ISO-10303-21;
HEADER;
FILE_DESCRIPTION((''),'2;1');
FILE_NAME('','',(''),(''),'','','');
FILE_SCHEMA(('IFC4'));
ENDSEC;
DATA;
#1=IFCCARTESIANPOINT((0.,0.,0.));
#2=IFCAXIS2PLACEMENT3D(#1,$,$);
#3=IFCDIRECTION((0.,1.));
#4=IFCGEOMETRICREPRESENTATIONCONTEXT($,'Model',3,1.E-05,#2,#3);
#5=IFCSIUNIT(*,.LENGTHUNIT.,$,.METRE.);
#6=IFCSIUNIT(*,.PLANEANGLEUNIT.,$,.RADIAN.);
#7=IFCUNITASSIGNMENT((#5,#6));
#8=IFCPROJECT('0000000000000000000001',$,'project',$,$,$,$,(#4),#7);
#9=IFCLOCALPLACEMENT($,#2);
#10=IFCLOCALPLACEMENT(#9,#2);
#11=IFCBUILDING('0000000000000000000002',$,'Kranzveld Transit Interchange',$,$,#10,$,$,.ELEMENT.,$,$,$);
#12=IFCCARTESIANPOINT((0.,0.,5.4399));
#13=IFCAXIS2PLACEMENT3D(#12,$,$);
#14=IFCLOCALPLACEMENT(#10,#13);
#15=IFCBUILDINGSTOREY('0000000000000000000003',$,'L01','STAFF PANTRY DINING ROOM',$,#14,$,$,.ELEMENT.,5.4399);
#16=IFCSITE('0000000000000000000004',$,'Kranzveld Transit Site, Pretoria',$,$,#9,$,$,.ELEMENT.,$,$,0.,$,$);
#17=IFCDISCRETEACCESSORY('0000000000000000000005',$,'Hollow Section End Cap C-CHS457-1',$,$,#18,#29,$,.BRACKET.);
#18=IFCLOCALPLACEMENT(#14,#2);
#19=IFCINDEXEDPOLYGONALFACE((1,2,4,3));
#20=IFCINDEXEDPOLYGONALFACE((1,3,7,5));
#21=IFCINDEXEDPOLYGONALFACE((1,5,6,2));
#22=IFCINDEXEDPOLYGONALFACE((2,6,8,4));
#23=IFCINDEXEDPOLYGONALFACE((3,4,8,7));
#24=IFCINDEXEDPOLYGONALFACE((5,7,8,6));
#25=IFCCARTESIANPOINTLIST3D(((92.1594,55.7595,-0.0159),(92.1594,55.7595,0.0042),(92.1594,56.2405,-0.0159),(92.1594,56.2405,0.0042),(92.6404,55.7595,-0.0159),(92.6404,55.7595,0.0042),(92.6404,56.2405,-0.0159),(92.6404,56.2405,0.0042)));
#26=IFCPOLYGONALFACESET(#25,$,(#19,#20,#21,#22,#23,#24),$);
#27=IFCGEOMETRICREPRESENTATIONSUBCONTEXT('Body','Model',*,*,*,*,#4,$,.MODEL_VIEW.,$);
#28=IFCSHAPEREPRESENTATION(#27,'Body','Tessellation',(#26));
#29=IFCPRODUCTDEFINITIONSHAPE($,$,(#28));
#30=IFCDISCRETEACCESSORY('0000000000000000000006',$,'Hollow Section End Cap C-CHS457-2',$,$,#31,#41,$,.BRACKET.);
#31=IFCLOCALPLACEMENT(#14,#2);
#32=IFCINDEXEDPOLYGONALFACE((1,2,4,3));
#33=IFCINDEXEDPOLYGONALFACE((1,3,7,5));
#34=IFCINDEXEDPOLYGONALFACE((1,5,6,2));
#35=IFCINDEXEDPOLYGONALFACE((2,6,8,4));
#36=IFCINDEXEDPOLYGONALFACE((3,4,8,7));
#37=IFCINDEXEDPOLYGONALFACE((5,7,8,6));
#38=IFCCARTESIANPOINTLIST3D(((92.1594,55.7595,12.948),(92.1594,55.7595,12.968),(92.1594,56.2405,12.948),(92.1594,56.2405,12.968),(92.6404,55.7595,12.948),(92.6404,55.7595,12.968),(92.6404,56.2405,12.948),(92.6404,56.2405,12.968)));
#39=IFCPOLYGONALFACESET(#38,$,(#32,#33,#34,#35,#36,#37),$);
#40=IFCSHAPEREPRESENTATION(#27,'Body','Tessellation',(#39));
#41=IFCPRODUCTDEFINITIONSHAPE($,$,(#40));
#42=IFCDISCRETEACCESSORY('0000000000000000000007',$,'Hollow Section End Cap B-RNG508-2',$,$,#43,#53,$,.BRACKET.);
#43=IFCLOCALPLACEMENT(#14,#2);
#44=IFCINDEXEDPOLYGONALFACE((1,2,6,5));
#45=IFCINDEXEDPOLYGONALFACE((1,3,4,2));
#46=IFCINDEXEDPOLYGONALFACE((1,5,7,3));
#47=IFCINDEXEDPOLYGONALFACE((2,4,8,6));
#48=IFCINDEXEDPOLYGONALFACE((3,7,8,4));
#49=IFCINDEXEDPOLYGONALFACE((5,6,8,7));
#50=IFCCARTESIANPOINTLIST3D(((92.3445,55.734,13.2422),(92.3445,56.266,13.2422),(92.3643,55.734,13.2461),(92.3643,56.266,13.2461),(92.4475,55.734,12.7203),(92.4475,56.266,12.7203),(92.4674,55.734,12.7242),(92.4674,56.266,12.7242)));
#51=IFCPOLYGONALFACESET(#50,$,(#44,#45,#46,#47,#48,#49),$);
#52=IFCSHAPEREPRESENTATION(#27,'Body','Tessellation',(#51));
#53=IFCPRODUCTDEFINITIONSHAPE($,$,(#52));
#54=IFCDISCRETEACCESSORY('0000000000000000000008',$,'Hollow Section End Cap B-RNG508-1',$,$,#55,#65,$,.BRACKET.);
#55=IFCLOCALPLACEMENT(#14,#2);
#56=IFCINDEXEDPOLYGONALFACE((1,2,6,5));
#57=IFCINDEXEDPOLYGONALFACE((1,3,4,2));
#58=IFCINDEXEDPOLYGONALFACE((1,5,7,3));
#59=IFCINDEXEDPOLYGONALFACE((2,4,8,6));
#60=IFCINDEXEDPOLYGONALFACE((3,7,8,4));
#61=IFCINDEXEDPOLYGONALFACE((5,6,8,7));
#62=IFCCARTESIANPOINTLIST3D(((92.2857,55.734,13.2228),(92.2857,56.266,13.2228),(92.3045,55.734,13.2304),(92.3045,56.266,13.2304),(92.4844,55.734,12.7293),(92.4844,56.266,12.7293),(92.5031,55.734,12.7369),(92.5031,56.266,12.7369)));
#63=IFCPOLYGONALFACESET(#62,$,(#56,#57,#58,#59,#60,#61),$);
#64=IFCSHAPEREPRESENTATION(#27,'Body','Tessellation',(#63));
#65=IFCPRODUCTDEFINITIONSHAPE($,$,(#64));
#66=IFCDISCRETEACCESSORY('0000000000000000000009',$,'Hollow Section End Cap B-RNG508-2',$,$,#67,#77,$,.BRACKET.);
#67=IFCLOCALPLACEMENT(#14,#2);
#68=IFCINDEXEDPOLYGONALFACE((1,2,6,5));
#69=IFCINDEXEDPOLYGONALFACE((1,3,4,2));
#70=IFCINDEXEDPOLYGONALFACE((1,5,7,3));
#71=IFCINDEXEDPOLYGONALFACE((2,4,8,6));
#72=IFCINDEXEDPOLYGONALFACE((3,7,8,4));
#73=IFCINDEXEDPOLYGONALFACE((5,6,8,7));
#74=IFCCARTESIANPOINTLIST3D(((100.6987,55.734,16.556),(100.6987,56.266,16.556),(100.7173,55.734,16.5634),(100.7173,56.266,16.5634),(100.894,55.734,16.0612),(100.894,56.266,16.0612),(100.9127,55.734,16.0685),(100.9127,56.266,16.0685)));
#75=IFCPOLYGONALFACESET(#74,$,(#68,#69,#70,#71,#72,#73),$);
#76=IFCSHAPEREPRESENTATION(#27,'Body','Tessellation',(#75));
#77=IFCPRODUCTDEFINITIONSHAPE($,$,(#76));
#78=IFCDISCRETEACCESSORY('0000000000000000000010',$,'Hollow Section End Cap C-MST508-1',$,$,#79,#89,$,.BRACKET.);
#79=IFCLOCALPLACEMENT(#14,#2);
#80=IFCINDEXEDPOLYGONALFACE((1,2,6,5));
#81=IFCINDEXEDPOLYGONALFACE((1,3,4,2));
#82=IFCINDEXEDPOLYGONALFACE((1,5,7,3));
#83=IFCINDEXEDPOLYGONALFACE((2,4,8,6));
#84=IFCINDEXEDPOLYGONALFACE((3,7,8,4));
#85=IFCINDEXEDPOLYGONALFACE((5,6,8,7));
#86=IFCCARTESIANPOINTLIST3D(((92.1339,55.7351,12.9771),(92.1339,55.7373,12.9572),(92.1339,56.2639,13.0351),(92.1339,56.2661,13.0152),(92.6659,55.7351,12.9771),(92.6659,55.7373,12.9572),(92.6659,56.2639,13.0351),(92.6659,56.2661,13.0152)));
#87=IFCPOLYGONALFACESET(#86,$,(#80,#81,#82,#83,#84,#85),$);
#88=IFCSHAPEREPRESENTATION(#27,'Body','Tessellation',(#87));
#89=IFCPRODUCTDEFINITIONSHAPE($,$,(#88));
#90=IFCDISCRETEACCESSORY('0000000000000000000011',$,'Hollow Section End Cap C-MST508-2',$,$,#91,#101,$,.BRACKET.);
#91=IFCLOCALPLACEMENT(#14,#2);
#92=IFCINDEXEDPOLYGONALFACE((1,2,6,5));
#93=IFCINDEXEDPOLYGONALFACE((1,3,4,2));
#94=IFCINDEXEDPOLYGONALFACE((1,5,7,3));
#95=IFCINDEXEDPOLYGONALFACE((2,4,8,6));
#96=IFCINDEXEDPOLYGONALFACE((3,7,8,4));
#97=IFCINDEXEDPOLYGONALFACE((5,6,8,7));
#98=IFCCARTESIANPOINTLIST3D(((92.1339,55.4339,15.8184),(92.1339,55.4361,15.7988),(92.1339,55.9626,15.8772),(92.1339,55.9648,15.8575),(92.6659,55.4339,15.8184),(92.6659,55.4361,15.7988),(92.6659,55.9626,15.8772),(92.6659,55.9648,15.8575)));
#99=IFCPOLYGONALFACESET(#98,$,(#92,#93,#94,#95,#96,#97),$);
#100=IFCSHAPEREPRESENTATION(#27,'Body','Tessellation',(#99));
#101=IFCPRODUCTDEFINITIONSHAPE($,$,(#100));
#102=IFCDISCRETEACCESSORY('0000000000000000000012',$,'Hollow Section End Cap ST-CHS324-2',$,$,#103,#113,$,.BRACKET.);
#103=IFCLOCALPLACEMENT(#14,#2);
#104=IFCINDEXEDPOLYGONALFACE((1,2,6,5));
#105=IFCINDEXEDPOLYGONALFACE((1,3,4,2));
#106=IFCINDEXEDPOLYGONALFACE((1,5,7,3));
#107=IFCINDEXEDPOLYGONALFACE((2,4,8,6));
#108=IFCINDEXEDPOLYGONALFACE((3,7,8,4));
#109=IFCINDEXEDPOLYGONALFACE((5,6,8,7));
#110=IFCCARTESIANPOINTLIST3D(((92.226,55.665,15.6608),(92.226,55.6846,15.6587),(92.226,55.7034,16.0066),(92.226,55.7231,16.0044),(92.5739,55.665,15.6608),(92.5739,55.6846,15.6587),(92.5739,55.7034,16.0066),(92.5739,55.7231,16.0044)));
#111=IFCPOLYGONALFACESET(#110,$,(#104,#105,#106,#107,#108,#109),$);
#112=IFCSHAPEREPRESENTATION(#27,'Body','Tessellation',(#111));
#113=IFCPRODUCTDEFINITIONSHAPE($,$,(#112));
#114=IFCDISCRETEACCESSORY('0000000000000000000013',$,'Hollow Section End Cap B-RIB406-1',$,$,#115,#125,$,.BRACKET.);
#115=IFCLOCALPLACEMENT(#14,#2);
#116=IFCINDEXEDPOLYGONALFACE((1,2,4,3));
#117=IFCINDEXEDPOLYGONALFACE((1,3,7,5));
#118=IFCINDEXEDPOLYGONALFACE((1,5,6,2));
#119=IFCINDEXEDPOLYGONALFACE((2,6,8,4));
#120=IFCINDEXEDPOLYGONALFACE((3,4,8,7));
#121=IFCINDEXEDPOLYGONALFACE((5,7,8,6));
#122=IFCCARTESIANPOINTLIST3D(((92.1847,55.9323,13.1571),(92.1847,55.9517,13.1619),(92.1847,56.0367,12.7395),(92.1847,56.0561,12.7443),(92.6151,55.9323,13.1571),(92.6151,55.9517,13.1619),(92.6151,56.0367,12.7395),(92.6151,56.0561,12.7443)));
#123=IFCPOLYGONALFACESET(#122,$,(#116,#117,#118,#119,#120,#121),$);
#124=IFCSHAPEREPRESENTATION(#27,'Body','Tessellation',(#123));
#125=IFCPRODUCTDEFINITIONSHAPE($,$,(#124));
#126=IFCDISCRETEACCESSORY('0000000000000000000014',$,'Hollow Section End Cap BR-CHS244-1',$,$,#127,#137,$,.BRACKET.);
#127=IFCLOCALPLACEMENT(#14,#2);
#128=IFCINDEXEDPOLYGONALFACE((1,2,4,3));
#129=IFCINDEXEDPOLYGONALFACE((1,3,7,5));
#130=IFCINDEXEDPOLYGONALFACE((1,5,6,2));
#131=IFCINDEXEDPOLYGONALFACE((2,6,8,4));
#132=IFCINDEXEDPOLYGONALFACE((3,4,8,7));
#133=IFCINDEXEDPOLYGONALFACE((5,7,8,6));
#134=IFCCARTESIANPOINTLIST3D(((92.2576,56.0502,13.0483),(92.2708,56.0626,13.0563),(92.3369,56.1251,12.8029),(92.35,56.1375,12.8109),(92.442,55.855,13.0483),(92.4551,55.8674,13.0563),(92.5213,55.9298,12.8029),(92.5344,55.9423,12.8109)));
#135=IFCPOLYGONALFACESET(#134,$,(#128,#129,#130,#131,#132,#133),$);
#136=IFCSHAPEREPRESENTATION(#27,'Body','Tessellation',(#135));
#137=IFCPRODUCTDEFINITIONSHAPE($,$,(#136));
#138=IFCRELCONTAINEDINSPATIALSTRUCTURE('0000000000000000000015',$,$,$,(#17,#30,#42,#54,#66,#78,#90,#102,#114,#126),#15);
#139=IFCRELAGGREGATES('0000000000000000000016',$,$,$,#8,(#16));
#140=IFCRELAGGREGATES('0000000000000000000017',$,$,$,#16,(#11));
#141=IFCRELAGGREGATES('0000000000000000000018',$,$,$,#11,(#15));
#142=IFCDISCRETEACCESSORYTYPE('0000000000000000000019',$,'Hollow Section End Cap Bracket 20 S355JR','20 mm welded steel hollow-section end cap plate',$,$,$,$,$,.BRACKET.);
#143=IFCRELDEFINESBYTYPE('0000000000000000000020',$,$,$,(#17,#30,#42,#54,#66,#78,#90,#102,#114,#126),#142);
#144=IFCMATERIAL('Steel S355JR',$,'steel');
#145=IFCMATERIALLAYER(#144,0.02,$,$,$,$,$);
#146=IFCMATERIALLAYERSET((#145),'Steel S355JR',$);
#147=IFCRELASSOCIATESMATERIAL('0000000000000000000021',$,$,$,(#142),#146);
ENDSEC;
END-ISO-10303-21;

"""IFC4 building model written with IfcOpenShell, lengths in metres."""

from ifc_helpers import new_model, si_unit, direction, frame, origin, origin_2d, place, context, subcontext, project, spatial, rectangle, extrude, material, layer, layer_set, type_object, element, save


model = new_model("IFC4")

# Units and contexts
model_context = context("Model", 3, precision=1e-05, world=origin(), true_north=direction((0.0, 1.0)))
body_context = subcontext(model_context, "Body", "Model", "MODEL_VIEW")
ifc_project = project(units=[si_unit("LENGTHUNIT", "METRE"), si_unit("PLANEANGLEUNIT", "RADIAN")], contexts=[model_context])

# Site, building, storey
site_placement = place(None, origin())
site = spatial("IfcSite", under=ifc_project, at=site_placement, Name="Kranzveld Transit Site, Pretoria", CompositionType="ELEMENT", RefElevation=0.0)
building_placement = place(site_placement, origin())
building = spatial("IfcBuilding", under=site, at=building_placement, Name="Kranzveld Transit Interchange", CompositionType="ELEMENT")
storey_placement = place(building_placement, frame((0.0, 0.0, 5.4399)))
storey = spatial("IfcBuildingStorey", under=building, at=storey_placement, Name="L01", Description="STAFF PANTRY DINING ROOM", CompositionType="ELEMENT", Elevation=5.4399)

# Discrete accessories
ifc_material_1 = material(Name="Steel S355JR", Category="steel")
ifc_layer_1 = layer(ifc_material_1, 0.02)
ifc_layer_set_1 = layer_set([ifc_layer_1], Name="Steel S355JR")
discrete_accessory_type = type_object("IfcDiscreteAccessoryType", Name="Hollow Section End Cap Bracket 20 S355JR", Description="20 mm welded steel hollow-section end cap plate", PredefinedType="BRACKET", material=ifc_layer_set_1)
for number, where, z_axis, x_axis, name in (
    (1, (92.3999, 56.0, 0.0042), (0.0, 0.0, -1.0), (1.0, 0.0, 0.0), "Hollow Section End Cap C-CHS457-1"),
    (2, (92.3999, 56.0, 12.948), (0.0, 0.0, 1.0), (1.0, 0.0, 0.0), "Hollow Section End Cap C-CHS457-2"),
):
    element("IfcDiscreteAccessory", number, at=place(storey_placement, frame(where, z_axis=z_axis, x_axis=x_axis)), inside=storey, type_object=discrete_accessory_type, Name=name, PredefinedType="BRACKET", context=body_context, shape_type="SweptSolid", body=[
        extrude(rectangle(XDim=0.481, YDim=0.481, at=origin_2d()), origin(), (0.0, 0.0, 1.0), 0.02),
    ])
for number, where, z_axis, x_axis, name in (
    (3, (92.396, 56.0, 12.9812), (0.981044, 0.0, 0.193786), (0.0, 1.0, 0.0), "Hollow Section End Cap B-RNG508-2"),
    (4, (92.4038, 56.0, 12.9836), (-0.927644, 0.0, -0.373467), (0.0, -1.0, 0.0), "Hollow Section End Cap B-RNG508-1"),
):
    element("IfcDiscreteAccessory", number, at=place(storey_placement, frame(where, z_axis=z_axis, x_axis=x_axis)), inside=storey, type_object=discrete_accessory_type, Name=name, PredefinedType="BRACKET", context=body_context, shape_type="SweptSolid", body=[
        extrude(rectangle(XDim=0.532, YDim=0.532, at=origin_2d()), origin(), (0.0, 0.0, 1.0), 0.0203),
    ])
for number, where, z_axis, x_axis, name in (
    (5, (100.7964, 56.0, 16.3086), (0.930155, 0.0, 0.367167), (0.0, 1.0, 0.0), "Hollow Section End Cap B-RNG508-2"),
    (6, (92.3999, 55.9995, 13.0061), (0.0, 0.109101, -0.994031), (-1.0, 0.0, 0.0), "Hollow Section End Cap C-MST508-1"),
):
    element("IfcDiscreteAccessory", number, at=place(storey_placement, frame(where, z_axis=z_axis, x_axis=x_axis)), inside=storey, type_object=discrete_accessory_type, Name=name, PredefinedType="BRACKET", context=body_context, shape_type="SweptSolid", body=[
        extrude(rectangle(XDim=0.532, YDim=0.532, at=origin_2d()), origin(), (0.0, 0.0, 1.0), 0.02),
    ])
discrete_accessory_1_placement = place(storey_placement, frame((92.3999, 55.7004, 15.8281), z_axis=(0.0, -0.110432, 0.993884), x_axis=(1.0, 0.0, 0.0)))
element("IfcDiscreteAccessory", 7, at=discrete_accessory_1_placement, inside=storey, type_object=discrete_accessory_type, Name="Hollow Section End Cap C-MST508-2", PredefinedType="BRACKET", context=body_context, shape_type="SweptSolid", body=[
    extrude(rectangle(XDim=0.532, YDim=0.532, at=origin_2d()), origin(), (0.0, 0.0, 1.0), 0.0198),
])
discrete_accessory_2_placement = place(storey_placement, frame((92.3999, 55.7039, 15.8315), z_axis=(0.0, -0.993884, 0.110432), x_axis=(1.0, 0.0, 0.0)))
element("IfcDiscreteAccessory", 8, at=discrete_accessory_2_placement, inside=storey, type_object=discrete_accessory_type, Name="Hollow Section End Cap ST-CHS324-2", PredefinedType="BRACKET", context=body_context, shape_type="SweptSolid", body=[
    extrude(rectangle(XDim=0.3479, YDim=0.3479, at=origin_2d()), origin(), (0.0, 0.0, 1.0), 0.0198),
])
discrete_accessory_3_placement = place(storey_placement, frame((92.3999, 56.0039, 12.9531), z_axis=(0.0, -0.970143, -0.242536), x_axis=(1.0, 0.0, 0.0)))
element("IfcDiscreteAccessory", 9, at=discrete_accessory_3_placement, inside=storey, type_object=discrete_accessory_type, Name="Hollow Section End Cap B-RIB406-1", PredefinedType="BRACKET", context=body_context, shape_type="SweptSolid", body=[
    extrude(rectangle(XDim=0.4304, YDim=0.4304, at=origin_2d()), origin(), (0.0, 0.0, 1.0), 0.02),
])
discrete_accessory_4_placement = place(storey_placement, frame((92.4026, 56.0024, 12.9336), z_axis=(-0.664392, -0.627481, -0.406017), x_axis=(0.686624, -0.727013, 0.0)))
element("IfcDiscreteAccessory", 10, at=discrete_accessory_4_placement, inside=storey, type_object=discrete_accessory_type, Name="Hollow Section End Cap BR-CHS244-1", PredefinedType="BRACKET", context=body_context, shape_type="SweptSolid", body=[
    extrude(rectangle(XDim=0.2686, YDim=0.2686, at=origin_2d()), origin(), (0.0, 0.0, 1.0), 0.0198),
])

save(model, "model.ifc")
